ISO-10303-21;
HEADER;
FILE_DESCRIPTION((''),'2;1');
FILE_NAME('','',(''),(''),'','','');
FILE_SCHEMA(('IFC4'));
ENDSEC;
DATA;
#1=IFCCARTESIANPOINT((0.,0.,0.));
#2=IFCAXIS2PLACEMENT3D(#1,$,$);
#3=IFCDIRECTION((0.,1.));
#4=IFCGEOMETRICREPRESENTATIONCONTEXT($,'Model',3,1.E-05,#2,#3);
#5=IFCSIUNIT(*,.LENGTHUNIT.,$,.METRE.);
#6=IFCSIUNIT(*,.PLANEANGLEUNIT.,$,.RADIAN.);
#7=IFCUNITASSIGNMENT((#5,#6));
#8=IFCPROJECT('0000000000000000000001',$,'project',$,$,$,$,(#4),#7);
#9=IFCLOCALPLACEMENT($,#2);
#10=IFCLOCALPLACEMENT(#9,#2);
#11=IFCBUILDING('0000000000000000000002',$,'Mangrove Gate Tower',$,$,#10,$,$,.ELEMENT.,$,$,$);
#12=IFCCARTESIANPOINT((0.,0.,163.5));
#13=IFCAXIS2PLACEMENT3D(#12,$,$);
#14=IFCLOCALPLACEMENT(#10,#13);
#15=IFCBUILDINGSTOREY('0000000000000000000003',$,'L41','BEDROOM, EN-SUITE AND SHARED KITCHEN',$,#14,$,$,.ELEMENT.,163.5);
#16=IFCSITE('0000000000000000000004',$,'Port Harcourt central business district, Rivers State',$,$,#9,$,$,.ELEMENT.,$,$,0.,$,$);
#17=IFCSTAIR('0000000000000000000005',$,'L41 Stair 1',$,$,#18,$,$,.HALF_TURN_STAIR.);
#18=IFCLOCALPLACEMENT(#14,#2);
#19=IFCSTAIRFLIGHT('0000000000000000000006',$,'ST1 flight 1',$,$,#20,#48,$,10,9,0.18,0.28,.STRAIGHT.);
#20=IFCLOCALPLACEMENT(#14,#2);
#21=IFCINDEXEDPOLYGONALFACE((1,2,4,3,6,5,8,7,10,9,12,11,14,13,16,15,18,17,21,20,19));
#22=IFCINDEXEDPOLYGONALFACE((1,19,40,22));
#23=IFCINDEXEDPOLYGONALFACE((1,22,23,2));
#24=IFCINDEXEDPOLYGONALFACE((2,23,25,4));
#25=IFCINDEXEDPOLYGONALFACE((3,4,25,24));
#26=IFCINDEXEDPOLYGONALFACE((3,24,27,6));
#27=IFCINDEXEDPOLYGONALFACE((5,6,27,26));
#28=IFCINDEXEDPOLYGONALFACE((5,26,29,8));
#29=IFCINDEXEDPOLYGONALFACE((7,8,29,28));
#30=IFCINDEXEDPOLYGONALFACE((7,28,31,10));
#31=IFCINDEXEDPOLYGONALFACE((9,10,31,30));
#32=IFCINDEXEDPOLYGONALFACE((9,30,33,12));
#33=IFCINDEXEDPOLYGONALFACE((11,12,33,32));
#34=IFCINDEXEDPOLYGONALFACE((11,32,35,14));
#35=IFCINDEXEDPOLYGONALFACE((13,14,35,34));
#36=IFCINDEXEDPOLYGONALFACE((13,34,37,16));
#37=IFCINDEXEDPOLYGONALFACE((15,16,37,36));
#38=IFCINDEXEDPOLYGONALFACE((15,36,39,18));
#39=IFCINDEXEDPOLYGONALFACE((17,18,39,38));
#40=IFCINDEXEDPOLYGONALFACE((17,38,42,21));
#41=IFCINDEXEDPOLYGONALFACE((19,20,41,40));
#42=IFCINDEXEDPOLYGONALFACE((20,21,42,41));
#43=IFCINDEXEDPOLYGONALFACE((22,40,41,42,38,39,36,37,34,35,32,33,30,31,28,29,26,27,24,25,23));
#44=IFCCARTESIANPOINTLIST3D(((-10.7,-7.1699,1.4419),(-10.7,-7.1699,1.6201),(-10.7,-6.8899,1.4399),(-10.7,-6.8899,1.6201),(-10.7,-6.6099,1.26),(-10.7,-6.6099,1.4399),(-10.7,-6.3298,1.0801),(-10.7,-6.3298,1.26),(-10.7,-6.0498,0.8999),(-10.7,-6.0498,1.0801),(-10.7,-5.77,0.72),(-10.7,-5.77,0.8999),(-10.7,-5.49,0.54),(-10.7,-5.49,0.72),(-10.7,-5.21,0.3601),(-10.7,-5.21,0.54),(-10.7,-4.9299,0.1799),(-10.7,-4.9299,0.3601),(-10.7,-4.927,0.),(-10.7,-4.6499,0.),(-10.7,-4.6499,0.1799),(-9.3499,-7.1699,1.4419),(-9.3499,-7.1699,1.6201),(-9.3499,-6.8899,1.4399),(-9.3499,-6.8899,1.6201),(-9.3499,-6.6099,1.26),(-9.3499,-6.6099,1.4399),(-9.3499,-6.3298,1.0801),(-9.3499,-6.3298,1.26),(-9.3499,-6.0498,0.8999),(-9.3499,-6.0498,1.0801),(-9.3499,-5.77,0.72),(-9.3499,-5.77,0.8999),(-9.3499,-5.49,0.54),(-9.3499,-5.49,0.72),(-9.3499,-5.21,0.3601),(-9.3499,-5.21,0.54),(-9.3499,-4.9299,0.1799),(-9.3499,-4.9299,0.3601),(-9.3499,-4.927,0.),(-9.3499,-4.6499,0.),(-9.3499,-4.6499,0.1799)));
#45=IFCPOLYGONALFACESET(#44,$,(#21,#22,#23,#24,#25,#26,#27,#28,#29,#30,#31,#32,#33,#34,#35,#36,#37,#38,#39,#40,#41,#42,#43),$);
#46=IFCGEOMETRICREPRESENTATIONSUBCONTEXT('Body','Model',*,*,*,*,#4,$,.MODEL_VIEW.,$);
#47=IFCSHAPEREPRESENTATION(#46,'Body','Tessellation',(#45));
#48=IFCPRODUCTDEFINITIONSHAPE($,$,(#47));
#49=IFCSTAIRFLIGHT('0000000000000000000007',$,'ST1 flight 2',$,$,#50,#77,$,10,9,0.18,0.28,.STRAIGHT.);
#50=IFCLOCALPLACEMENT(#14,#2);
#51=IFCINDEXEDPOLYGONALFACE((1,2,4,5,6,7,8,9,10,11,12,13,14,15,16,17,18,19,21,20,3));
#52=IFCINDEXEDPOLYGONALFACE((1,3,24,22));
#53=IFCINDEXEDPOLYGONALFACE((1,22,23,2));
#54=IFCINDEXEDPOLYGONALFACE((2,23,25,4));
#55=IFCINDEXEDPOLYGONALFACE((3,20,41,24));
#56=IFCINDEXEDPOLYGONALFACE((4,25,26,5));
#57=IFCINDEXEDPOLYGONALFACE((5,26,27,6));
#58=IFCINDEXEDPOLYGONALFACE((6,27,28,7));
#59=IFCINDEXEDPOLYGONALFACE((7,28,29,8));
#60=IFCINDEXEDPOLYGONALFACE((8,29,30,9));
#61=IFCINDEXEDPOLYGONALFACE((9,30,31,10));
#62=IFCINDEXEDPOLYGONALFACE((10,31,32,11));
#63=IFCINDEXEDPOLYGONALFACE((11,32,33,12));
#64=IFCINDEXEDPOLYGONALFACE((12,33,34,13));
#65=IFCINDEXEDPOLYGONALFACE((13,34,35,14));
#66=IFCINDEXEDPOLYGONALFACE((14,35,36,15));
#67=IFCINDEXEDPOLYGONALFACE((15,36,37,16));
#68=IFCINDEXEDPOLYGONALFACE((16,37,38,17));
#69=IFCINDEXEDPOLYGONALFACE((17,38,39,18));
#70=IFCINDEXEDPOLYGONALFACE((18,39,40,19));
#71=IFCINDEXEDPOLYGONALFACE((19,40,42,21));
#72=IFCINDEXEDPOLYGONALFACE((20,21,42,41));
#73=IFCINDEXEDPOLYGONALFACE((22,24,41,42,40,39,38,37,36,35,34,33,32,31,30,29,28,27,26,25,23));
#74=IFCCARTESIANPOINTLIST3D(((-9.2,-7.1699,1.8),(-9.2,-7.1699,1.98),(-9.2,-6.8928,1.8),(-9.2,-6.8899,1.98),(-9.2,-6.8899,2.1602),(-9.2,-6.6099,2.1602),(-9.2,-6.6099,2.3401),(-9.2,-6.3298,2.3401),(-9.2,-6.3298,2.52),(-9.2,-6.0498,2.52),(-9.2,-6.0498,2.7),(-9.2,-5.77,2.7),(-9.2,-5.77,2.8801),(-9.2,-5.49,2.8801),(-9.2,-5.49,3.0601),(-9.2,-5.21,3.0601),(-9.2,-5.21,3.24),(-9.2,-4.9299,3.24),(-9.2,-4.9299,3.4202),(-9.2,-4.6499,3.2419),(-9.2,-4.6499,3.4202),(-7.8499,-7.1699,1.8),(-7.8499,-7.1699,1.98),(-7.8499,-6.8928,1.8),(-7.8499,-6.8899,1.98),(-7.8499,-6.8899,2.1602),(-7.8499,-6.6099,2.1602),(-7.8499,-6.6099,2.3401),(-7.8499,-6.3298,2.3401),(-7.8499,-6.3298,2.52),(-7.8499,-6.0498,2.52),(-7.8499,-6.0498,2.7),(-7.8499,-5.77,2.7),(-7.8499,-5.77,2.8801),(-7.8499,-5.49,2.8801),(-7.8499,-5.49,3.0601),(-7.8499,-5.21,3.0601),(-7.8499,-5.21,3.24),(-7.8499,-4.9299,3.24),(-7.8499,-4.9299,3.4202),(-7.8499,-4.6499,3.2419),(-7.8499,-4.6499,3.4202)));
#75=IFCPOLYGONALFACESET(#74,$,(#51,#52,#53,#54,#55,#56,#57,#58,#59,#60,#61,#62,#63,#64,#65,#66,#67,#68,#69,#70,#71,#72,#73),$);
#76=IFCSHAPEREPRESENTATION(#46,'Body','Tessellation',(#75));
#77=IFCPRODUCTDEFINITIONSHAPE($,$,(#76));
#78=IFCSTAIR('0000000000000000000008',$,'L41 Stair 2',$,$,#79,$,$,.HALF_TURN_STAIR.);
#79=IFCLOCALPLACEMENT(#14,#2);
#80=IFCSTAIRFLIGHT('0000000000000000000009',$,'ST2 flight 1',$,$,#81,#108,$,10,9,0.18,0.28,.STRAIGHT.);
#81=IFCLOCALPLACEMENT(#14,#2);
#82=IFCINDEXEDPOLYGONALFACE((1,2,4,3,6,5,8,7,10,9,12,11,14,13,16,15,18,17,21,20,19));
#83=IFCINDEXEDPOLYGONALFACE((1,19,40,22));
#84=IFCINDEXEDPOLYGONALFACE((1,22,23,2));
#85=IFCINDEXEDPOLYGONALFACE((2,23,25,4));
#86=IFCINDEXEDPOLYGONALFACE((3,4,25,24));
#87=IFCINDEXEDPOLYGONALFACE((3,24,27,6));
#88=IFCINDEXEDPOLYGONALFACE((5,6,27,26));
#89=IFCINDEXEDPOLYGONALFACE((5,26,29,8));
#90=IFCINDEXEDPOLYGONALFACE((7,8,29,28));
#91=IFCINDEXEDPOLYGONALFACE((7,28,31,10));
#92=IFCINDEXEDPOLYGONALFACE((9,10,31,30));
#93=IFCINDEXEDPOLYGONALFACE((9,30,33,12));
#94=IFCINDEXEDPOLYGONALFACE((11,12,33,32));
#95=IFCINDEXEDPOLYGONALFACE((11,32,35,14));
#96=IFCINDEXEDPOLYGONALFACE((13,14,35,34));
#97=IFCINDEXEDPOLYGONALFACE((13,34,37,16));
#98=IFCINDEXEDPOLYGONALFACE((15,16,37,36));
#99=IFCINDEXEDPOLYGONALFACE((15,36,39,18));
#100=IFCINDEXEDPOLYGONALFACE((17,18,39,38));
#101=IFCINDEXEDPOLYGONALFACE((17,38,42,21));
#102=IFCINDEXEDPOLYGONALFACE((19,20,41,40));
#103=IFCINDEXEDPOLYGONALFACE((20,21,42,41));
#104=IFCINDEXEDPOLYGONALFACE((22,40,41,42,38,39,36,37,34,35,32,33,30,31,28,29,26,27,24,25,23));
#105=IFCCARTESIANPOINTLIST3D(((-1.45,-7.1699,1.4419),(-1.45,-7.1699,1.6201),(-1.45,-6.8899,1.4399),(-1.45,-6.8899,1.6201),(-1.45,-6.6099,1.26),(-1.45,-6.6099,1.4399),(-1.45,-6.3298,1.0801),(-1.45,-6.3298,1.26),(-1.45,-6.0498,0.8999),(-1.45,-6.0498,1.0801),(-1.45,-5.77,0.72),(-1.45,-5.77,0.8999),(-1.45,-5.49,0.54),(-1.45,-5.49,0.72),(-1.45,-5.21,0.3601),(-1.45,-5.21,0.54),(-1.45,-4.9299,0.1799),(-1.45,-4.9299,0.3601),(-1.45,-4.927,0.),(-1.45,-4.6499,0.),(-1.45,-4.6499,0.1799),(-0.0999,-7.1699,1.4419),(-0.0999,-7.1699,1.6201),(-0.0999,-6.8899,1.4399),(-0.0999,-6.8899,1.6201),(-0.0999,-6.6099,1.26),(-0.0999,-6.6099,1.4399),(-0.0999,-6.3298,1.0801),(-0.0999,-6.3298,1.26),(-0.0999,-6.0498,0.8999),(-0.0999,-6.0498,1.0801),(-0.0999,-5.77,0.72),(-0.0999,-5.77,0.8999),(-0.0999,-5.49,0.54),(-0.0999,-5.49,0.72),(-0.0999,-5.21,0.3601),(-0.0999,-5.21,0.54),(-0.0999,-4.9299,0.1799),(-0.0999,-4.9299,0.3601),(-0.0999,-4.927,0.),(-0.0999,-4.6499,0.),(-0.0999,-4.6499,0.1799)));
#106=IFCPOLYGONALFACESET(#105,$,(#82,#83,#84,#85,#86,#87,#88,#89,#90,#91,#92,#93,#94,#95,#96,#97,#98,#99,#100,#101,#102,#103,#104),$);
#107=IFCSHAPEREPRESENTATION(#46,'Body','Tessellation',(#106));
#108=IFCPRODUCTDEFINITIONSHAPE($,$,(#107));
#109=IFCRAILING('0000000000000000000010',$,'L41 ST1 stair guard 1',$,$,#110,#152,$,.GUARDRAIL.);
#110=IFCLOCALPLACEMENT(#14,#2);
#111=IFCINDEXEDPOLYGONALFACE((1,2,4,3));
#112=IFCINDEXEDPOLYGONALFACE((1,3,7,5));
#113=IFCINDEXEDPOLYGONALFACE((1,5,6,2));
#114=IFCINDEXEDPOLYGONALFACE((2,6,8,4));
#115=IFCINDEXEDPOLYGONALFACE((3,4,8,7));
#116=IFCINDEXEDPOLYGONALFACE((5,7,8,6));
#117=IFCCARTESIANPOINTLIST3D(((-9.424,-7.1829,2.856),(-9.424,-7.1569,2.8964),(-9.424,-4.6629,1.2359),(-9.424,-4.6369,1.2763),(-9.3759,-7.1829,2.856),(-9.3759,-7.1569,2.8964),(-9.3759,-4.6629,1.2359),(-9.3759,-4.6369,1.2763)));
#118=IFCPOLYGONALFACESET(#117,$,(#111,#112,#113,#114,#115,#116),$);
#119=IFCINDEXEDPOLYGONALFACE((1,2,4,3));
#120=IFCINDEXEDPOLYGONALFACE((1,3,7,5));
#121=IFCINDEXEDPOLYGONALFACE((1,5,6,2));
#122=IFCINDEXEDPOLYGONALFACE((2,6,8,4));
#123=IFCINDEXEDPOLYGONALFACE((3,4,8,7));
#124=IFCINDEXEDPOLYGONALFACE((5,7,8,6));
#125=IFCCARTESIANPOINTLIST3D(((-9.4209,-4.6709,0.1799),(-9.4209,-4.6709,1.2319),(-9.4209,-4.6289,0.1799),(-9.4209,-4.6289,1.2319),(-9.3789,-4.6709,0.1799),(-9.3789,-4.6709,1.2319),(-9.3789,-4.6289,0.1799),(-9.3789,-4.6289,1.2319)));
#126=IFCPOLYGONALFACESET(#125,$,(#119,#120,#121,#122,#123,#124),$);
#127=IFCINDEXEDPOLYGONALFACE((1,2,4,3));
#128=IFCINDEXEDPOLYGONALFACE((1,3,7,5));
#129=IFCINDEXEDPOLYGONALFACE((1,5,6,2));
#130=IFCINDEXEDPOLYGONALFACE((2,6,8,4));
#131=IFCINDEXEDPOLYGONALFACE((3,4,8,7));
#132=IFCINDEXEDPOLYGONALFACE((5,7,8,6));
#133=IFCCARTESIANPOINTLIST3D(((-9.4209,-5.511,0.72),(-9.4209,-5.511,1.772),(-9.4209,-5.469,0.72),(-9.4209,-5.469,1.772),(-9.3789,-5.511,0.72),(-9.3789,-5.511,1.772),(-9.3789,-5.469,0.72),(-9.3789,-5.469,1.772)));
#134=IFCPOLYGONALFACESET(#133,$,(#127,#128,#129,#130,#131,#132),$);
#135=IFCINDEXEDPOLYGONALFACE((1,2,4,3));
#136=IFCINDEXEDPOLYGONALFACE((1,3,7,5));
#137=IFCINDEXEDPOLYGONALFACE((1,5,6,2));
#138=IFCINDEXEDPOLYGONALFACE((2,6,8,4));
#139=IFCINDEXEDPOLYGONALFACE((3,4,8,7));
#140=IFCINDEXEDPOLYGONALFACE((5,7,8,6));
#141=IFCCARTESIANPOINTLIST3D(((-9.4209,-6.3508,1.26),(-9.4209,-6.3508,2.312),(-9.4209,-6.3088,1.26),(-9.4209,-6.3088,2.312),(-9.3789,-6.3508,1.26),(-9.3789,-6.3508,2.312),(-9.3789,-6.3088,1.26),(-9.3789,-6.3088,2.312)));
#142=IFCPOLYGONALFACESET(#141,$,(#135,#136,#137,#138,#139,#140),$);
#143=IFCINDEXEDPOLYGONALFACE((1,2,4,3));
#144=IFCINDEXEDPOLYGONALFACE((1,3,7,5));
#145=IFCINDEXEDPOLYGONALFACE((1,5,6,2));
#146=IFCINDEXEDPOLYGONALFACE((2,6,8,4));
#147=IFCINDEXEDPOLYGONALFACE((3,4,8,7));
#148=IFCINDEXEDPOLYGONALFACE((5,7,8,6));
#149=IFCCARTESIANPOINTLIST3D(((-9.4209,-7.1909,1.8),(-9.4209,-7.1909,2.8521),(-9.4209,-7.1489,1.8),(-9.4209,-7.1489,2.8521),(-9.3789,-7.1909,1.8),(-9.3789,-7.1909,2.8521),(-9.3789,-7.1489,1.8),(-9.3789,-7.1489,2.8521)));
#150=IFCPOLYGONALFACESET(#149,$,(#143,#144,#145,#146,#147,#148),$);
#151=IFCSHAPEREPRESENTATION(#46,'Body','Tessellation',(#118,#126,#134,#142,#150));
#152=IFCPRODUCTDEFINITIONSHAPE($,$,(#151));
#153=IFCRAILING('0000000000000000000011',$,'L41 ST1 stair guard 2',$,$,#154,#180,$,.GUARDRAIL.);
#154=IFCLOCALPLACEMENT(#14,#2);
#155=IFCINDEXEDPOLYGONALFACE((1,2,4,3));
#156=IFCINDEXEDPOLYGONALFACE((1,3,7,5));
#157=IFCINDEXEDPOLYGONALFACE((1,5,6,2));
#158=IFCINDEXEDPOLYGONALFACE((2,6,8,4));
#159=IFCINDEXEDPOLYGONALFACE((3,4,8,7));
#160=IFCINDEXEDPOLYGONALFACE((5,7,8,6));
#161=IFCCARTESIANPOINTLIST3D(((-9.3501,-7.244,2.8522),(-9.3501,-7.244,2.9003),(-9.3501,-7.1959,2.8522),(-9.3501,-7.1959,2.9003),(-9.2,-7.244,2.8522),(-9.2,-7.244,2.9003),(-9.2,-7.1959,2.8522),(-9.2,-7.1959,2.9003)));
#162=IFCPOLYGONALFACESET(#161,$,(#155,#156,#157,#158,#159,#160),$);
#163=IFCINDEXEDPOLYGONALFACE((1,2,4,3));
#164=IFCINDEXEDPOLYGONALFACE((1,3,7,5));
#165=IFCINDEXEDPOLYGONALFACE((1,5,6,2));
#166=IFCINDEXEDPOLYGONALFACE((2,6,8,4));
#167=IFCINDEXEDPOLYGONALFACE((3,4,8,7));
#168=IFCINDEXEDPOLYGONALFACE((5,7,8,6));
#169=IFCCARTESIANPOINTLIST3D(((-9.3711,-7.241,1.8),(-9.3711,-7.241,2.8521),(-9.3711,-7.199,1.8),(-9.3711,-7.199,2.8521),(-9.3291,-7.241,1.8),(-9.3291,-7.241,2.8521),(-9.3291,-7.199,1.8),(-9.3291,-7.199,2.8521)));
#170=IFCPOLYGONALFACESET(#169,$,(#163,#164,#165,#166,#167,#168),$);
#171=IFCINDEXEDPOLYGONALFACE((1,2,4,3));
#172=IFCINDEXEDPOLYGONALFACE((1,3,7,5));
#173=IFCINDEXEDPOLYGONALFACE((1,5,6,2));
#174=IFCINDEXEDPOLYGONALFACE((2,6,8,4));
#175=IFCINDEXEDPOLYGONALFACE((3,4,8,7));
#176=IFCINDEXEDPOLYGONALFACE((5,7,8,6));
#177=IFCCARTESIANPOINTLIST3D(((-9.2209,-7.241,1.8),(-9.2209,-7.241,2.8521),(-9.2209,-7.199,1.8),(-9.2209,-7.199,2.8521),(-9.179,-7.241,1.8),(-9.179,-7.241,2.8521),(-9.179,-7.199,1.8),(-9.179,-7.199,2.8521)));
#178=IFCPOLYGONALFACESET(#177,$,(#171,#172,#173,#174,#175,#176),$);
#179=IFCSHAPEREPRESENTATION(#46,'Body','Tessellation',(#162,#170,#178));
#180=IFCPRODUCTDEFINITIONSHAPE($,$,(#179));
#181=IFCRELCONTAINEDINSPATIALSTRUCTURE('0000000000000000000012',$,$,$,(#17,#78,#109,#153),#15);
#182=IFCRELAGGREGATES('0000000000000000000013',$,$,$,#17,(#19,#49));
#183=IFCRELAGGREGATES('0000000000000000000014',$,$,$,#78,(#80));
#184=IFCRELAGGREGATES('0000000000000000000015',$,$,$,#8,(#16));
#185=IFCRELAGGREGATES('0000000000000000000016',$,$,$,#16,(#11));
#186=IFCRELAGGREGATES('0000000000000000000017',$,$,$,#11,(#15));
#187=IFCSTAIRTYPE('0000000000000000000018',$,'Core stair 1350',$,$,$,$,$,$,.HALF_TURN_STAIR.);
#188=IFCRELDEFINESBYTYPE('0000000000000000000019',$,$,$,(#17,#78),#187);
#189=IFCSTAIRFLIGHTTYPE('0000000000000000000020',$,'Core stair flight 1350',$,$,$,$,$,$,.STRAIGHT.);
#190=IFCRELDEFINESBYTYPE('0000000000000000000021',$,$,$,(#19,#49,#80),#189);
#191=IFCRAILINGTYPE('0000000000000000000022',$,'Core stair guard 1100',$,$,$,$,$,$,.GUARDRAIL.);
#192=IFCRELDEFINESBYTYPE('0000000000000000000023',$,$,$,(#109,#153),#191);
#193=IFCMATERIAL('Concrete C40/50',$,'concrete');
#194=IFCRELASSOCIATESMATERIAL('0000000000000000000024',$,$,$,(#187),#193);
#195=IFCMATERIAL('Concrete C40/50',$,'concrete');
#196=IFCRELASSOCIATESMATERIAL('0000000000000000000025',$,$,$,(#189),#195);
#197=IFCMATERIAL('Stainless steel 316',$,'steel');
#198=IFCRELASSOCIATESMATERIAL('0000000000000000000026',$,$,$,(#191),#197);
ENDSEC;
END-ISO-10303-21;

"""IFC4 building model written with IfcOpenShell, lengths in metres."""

from ifc_helpers import new_model, si_unit, direction, frame, origin, origin_2d, place, context, subcontext, project, spatial, polyline, rectangle, outline, extrude, material, type_object, element, aggregate, save


model = new_model("IFC4")

# Units and contexts
model_context = context("Model", 3, precision=1e-05, world=origin(), true_north=direction((0.0, 1.0)))
body_context = subcontext(model_context, "Body", "Model", "MODEL_VIEW")
ifc_project = project(units=[si_unit("LENGTHUNIT", "METRE"), si_unit("PLANEANGLEUNIT", "RADIAN")], contexts=[model_context])

# Site, building, storey
site_placement = place(None, origin())
site = spatial("IfcSite", under=ifc_project, at=site_placement, Name="Port Harcourt central business district, Rivers State", CompositionType="ELEMENT", RefElevation=0.0)
building_placement = place(site_placement, origin())
building = spatial("IfcBuilding", under=site, at=building_placement, Name="Mangrove Gate Tower", CompositionType="ELEMENT")
storey_placement = place(building_placement, frame((0.0, 0.0, 163.5)))
storey = spatial("IfcBuildingStorey", under=building, at=storey_placement, Name="L41", Description="BEDROOM, EN-SUITE AND SHARED KITCHEN", CompositionType="ELEMENT", Elevation=163.5)

# Stair, stair flights
ifc_material_1 = material(Name="Concrete C40/50", Category="concrete")
stair_type = type_object("IfcStairType", Name="Core stair 1350", PredefinedType="HALF_TURN_STAIR", material=ifc_material_1)
stair_1_placement = place(storey_placement, origin())
stair_1 = element("IfcStair", 1, at=stair_1_placement, inside=storey, type_object=stair_type, Name="L41 Stair 1", PredefinedType="HALF_TURN_STAIR")
ifc_material_2 = material(Name="Concrete C40/50", Category="concrete")
stair_flight_type = type_object("IfcStairFlightType", Name="Core stair flight 1350", PredefinedType="STRAIGHT", material=ifc_material_2)
stair_flight_1_placement = place(storey_placement, frame((-10.0249, -4.6499, 0.0), z_axis=(0.0, 0.0, 1.0), x_axis=(0.0, -1.0, 0.0)))
stair_flight_1 = element("IfcStairFlight", 2, at=stair_flight_1_placement, type_object=stair_flight_type, Name="ST1 flight 1", NumberOfRisers=10, NumberOfTreads=9, PredefinedType="STRAIGHT", RiserHeight=0.18, TreadLength=0.28, context=body_context, shape_type="SweptSolid", body=[
    extrude(outline(polyline([(0.0, 0.0), (0.0, 0.1799), (0.28, 0.1799), (0.28, 0.3601), (0.5601, 0.3601), (0.5601, 0.54), (0.8401, 0.54), (0.8401, 0.72), (1.1201, 0.72), (1.1201, 0.8999), (1.3999, 0.8999), (1.3999, 1.0801), (1.6799, 1.0801), (1.6799, 1.26), (1.96, 1.26), (1.96, 1.4399), (2.24, 1.4399), (2.24, 1.6201), (2.52, 1.6201), (2.52, 1.8), (2.52, 1.4419), (0.2771, 0.0), (0.0, 0.0)])), frame((0.0, 0.675, 0.0), z_axis=(0.0, -1.0, 0.0), x_axis=(1.0, 0.0, 0.0)), (0.0, 0.0, 1.0), 1.3501),
])
stair_flight_2_placement = place(storey_placement, frame((-8.5249, -7.1699, 1.8), z_axis=(0.0, 0.0, 1.0), x_axis=(0.0, 1.0, 0.0)))
stair_flight_2 = element("IfcStairFlight", 3, at=stair_flight_2_placement, type_object=stair_flight_type, Name="ST1 flight 2", NumberOfRisers=10, NumberOfTreads=9, PredefinedType="STRAIGHT", RiserHeight=0.18, TreadLength=0.28, context=body_context, shape_type="SweptSolid", body=[
    extrude(outline(polyline([(0.0, 0.0), (0.0, 0.1799), (0.28, 0.1799), (0.28, 0.3601), (0.5601, 0.3601), (0.5601, 0.54), (0.8401, 0.54), (0.8401, 0.72), (1.1201, 0.72), (1.1201, 0.8999), (1.3999, 0.8999), (1.3999, 1.0801), (1.6799, 1.0801), (1.6799, 1.26), (1.96, 1.26), (1.96, 1.4399), (2.24, 1.4399), (2.24, 1.6201), (2.52, 1.6201), (2.52, 1.8), (2.52, 1.4419), (0.2771, 0.0), (0.0, 0.0)])), frame((0.0, 0.675, 0.0), z_axis=(0.0, -1.0, 0.0), x_axis=(1.0, 0.0, 0.0)), (0.0, 0.0, 1.0), 1.3501),
])
aggregate(stair_1, [stair_flight_1, stair_flight_2])

# Stair, stair flight
stair_2_placement = place(storey_placement, origin())
stair_2 = element("IfcStair", 4, at=stair_2_placement, inside=storey, type_object=stair_type, Name="L41 Stair 2", PredefinedType="HALF_TURN_STAIR")
stair_flight_3_placement = place(storey_placement, frame((-0.7749, -4.6499, 0.0), z_axis=(0.0, 0.0, 1.0), x_axis=(0.0, -1.0, 0.0)))
stair_flight_3 = element("IfcStairFlight", 5, at=stair_flight_3_placement, type_object=stair_flight_type, Name="ST2 flight 1", NumberOfRisers=10, NumberOfTreads=9, PredefinedType="STRAIGHT", RiserHeight=0.18, TreadLength=0.28, context=body_context, shape_type="SweptSolid", body=[
    extrude(outline(polyline([(0.0, 0.0), (0.0, 0.1799), (0.28, 0.1799), (0.28, 0.3601), (0.5601, 0.3601), (0.5601, 0.54), (0.8401, 0.54), (0.8401, 0.72), (1.1201, 0.72), (1.1201, 0.8999), (1.3999, 0.8999), (1.3999, 1.0801), (1.6799, 1.0801), (1.6799, 1.26), (1.96, 1.26), (1.96, 1.4399), (2.24, 1.4399), (2.24, 1.6201), (2.52, 1.6201), (2.52, 1.8), (2.52, 1.4419), (0.2771, 0.0), (0.0, 0.0)])), frame((0.0, 0.675, 0.0), z_axis=(0.0, -1.0, 0.0), x_axis=(1.0, 0.0, 0.0)), (0.0, 0.0, 1.0), 1.3501),
])
aggregate(stair_2, [stair_flight_3])

# Railings
ifc_material_3 = material(Name="Stainless steel 316", Category="steel")
railing_type_1 = type_object("IfcRailingType", Name="Core stair guard 1100", PredefinedType="GUARDRAIL", material=ifc_material_3)
railing_1_placement = place(storey_placement, frame((-9.3999, -4.6499, 0.1799)))
element("IfcRailing", 6, at=railing_1_placement, inside=storey, type_object=railing_type_1, Name="L41 ST1 stair guard 1", PredefinedType="GUARDRAIL", context=body_context, shape_type="SweptSolid", body=[
    extrude(rectangle(XDim=0.0481, YDim=0.0481, at=origin_2d()), frame((0.0, 0.0, 1.0762), z_axis=(0.0, -0.841163, 0.540782), x_axis=(1.0, 0.0, 0.0)), (0.0, 0.0, 1.0), 2.9958),
    extrude(rectangle(XDim=0.042, YDim=0.042, at=origin_2d()), origin(), (0.0, 0.0, 1.0), 1.052),
    extrude(rectangle(XDim=0.042, YDim=0.042, at=origin_2d()), frame((0.0, -0.8401, 0.54)), (0.0, 0.0, 1.0), 1.052),
    extrude(rectangle(XDim=0.042, YDim=0.042, at=origin_2d()), frame((0.0, -1.6799, 1.0801)), (0.0, 0.0, 1.0), 1.052),
    extrude(rectangle(XDim=0.042, YDim=0.042, at=origin_2d()), frame((0.0, -2.52, 1.6201)), (0.0, 0.0, 1.0), 1.052),
])
railing_2_placement = place(storey_placement, frame((-9.3501, -7.22, 1.8)))
element("IfcRailing", 7, at=railing_2_placement, inside=storey, type_object=railing_type_1, Name="L41 ST1 stair guard 2", PredefinedType="GUARDRAIL", context=body_context, shape_type="SweptSolid", body=[
    extrude(rectangle(XDim=0.0481, YDim=0.0481, at=origin_2d()), frame((0.0, 0.0, 1.0762), z_axis=(1.0, 0.0, 0.0), x_axis=(0.0, 1.0, 0.0)), (0.0, 0.0, 1.0), 0.1501),
    extrude(rectangle(XDim=0.042, YDim=0.042, at=origin_2d()), origin(), (0.0, 0.0, 1.0), 1.052),
    extrude(rectangle(XDim=0.042, YDim=0.042, at=origin_2d()), frame((0.1501, 0.0, 0.0)), (0.0, 0.0, 1.0), 1.052),
])

save(model, "model.ifc")
